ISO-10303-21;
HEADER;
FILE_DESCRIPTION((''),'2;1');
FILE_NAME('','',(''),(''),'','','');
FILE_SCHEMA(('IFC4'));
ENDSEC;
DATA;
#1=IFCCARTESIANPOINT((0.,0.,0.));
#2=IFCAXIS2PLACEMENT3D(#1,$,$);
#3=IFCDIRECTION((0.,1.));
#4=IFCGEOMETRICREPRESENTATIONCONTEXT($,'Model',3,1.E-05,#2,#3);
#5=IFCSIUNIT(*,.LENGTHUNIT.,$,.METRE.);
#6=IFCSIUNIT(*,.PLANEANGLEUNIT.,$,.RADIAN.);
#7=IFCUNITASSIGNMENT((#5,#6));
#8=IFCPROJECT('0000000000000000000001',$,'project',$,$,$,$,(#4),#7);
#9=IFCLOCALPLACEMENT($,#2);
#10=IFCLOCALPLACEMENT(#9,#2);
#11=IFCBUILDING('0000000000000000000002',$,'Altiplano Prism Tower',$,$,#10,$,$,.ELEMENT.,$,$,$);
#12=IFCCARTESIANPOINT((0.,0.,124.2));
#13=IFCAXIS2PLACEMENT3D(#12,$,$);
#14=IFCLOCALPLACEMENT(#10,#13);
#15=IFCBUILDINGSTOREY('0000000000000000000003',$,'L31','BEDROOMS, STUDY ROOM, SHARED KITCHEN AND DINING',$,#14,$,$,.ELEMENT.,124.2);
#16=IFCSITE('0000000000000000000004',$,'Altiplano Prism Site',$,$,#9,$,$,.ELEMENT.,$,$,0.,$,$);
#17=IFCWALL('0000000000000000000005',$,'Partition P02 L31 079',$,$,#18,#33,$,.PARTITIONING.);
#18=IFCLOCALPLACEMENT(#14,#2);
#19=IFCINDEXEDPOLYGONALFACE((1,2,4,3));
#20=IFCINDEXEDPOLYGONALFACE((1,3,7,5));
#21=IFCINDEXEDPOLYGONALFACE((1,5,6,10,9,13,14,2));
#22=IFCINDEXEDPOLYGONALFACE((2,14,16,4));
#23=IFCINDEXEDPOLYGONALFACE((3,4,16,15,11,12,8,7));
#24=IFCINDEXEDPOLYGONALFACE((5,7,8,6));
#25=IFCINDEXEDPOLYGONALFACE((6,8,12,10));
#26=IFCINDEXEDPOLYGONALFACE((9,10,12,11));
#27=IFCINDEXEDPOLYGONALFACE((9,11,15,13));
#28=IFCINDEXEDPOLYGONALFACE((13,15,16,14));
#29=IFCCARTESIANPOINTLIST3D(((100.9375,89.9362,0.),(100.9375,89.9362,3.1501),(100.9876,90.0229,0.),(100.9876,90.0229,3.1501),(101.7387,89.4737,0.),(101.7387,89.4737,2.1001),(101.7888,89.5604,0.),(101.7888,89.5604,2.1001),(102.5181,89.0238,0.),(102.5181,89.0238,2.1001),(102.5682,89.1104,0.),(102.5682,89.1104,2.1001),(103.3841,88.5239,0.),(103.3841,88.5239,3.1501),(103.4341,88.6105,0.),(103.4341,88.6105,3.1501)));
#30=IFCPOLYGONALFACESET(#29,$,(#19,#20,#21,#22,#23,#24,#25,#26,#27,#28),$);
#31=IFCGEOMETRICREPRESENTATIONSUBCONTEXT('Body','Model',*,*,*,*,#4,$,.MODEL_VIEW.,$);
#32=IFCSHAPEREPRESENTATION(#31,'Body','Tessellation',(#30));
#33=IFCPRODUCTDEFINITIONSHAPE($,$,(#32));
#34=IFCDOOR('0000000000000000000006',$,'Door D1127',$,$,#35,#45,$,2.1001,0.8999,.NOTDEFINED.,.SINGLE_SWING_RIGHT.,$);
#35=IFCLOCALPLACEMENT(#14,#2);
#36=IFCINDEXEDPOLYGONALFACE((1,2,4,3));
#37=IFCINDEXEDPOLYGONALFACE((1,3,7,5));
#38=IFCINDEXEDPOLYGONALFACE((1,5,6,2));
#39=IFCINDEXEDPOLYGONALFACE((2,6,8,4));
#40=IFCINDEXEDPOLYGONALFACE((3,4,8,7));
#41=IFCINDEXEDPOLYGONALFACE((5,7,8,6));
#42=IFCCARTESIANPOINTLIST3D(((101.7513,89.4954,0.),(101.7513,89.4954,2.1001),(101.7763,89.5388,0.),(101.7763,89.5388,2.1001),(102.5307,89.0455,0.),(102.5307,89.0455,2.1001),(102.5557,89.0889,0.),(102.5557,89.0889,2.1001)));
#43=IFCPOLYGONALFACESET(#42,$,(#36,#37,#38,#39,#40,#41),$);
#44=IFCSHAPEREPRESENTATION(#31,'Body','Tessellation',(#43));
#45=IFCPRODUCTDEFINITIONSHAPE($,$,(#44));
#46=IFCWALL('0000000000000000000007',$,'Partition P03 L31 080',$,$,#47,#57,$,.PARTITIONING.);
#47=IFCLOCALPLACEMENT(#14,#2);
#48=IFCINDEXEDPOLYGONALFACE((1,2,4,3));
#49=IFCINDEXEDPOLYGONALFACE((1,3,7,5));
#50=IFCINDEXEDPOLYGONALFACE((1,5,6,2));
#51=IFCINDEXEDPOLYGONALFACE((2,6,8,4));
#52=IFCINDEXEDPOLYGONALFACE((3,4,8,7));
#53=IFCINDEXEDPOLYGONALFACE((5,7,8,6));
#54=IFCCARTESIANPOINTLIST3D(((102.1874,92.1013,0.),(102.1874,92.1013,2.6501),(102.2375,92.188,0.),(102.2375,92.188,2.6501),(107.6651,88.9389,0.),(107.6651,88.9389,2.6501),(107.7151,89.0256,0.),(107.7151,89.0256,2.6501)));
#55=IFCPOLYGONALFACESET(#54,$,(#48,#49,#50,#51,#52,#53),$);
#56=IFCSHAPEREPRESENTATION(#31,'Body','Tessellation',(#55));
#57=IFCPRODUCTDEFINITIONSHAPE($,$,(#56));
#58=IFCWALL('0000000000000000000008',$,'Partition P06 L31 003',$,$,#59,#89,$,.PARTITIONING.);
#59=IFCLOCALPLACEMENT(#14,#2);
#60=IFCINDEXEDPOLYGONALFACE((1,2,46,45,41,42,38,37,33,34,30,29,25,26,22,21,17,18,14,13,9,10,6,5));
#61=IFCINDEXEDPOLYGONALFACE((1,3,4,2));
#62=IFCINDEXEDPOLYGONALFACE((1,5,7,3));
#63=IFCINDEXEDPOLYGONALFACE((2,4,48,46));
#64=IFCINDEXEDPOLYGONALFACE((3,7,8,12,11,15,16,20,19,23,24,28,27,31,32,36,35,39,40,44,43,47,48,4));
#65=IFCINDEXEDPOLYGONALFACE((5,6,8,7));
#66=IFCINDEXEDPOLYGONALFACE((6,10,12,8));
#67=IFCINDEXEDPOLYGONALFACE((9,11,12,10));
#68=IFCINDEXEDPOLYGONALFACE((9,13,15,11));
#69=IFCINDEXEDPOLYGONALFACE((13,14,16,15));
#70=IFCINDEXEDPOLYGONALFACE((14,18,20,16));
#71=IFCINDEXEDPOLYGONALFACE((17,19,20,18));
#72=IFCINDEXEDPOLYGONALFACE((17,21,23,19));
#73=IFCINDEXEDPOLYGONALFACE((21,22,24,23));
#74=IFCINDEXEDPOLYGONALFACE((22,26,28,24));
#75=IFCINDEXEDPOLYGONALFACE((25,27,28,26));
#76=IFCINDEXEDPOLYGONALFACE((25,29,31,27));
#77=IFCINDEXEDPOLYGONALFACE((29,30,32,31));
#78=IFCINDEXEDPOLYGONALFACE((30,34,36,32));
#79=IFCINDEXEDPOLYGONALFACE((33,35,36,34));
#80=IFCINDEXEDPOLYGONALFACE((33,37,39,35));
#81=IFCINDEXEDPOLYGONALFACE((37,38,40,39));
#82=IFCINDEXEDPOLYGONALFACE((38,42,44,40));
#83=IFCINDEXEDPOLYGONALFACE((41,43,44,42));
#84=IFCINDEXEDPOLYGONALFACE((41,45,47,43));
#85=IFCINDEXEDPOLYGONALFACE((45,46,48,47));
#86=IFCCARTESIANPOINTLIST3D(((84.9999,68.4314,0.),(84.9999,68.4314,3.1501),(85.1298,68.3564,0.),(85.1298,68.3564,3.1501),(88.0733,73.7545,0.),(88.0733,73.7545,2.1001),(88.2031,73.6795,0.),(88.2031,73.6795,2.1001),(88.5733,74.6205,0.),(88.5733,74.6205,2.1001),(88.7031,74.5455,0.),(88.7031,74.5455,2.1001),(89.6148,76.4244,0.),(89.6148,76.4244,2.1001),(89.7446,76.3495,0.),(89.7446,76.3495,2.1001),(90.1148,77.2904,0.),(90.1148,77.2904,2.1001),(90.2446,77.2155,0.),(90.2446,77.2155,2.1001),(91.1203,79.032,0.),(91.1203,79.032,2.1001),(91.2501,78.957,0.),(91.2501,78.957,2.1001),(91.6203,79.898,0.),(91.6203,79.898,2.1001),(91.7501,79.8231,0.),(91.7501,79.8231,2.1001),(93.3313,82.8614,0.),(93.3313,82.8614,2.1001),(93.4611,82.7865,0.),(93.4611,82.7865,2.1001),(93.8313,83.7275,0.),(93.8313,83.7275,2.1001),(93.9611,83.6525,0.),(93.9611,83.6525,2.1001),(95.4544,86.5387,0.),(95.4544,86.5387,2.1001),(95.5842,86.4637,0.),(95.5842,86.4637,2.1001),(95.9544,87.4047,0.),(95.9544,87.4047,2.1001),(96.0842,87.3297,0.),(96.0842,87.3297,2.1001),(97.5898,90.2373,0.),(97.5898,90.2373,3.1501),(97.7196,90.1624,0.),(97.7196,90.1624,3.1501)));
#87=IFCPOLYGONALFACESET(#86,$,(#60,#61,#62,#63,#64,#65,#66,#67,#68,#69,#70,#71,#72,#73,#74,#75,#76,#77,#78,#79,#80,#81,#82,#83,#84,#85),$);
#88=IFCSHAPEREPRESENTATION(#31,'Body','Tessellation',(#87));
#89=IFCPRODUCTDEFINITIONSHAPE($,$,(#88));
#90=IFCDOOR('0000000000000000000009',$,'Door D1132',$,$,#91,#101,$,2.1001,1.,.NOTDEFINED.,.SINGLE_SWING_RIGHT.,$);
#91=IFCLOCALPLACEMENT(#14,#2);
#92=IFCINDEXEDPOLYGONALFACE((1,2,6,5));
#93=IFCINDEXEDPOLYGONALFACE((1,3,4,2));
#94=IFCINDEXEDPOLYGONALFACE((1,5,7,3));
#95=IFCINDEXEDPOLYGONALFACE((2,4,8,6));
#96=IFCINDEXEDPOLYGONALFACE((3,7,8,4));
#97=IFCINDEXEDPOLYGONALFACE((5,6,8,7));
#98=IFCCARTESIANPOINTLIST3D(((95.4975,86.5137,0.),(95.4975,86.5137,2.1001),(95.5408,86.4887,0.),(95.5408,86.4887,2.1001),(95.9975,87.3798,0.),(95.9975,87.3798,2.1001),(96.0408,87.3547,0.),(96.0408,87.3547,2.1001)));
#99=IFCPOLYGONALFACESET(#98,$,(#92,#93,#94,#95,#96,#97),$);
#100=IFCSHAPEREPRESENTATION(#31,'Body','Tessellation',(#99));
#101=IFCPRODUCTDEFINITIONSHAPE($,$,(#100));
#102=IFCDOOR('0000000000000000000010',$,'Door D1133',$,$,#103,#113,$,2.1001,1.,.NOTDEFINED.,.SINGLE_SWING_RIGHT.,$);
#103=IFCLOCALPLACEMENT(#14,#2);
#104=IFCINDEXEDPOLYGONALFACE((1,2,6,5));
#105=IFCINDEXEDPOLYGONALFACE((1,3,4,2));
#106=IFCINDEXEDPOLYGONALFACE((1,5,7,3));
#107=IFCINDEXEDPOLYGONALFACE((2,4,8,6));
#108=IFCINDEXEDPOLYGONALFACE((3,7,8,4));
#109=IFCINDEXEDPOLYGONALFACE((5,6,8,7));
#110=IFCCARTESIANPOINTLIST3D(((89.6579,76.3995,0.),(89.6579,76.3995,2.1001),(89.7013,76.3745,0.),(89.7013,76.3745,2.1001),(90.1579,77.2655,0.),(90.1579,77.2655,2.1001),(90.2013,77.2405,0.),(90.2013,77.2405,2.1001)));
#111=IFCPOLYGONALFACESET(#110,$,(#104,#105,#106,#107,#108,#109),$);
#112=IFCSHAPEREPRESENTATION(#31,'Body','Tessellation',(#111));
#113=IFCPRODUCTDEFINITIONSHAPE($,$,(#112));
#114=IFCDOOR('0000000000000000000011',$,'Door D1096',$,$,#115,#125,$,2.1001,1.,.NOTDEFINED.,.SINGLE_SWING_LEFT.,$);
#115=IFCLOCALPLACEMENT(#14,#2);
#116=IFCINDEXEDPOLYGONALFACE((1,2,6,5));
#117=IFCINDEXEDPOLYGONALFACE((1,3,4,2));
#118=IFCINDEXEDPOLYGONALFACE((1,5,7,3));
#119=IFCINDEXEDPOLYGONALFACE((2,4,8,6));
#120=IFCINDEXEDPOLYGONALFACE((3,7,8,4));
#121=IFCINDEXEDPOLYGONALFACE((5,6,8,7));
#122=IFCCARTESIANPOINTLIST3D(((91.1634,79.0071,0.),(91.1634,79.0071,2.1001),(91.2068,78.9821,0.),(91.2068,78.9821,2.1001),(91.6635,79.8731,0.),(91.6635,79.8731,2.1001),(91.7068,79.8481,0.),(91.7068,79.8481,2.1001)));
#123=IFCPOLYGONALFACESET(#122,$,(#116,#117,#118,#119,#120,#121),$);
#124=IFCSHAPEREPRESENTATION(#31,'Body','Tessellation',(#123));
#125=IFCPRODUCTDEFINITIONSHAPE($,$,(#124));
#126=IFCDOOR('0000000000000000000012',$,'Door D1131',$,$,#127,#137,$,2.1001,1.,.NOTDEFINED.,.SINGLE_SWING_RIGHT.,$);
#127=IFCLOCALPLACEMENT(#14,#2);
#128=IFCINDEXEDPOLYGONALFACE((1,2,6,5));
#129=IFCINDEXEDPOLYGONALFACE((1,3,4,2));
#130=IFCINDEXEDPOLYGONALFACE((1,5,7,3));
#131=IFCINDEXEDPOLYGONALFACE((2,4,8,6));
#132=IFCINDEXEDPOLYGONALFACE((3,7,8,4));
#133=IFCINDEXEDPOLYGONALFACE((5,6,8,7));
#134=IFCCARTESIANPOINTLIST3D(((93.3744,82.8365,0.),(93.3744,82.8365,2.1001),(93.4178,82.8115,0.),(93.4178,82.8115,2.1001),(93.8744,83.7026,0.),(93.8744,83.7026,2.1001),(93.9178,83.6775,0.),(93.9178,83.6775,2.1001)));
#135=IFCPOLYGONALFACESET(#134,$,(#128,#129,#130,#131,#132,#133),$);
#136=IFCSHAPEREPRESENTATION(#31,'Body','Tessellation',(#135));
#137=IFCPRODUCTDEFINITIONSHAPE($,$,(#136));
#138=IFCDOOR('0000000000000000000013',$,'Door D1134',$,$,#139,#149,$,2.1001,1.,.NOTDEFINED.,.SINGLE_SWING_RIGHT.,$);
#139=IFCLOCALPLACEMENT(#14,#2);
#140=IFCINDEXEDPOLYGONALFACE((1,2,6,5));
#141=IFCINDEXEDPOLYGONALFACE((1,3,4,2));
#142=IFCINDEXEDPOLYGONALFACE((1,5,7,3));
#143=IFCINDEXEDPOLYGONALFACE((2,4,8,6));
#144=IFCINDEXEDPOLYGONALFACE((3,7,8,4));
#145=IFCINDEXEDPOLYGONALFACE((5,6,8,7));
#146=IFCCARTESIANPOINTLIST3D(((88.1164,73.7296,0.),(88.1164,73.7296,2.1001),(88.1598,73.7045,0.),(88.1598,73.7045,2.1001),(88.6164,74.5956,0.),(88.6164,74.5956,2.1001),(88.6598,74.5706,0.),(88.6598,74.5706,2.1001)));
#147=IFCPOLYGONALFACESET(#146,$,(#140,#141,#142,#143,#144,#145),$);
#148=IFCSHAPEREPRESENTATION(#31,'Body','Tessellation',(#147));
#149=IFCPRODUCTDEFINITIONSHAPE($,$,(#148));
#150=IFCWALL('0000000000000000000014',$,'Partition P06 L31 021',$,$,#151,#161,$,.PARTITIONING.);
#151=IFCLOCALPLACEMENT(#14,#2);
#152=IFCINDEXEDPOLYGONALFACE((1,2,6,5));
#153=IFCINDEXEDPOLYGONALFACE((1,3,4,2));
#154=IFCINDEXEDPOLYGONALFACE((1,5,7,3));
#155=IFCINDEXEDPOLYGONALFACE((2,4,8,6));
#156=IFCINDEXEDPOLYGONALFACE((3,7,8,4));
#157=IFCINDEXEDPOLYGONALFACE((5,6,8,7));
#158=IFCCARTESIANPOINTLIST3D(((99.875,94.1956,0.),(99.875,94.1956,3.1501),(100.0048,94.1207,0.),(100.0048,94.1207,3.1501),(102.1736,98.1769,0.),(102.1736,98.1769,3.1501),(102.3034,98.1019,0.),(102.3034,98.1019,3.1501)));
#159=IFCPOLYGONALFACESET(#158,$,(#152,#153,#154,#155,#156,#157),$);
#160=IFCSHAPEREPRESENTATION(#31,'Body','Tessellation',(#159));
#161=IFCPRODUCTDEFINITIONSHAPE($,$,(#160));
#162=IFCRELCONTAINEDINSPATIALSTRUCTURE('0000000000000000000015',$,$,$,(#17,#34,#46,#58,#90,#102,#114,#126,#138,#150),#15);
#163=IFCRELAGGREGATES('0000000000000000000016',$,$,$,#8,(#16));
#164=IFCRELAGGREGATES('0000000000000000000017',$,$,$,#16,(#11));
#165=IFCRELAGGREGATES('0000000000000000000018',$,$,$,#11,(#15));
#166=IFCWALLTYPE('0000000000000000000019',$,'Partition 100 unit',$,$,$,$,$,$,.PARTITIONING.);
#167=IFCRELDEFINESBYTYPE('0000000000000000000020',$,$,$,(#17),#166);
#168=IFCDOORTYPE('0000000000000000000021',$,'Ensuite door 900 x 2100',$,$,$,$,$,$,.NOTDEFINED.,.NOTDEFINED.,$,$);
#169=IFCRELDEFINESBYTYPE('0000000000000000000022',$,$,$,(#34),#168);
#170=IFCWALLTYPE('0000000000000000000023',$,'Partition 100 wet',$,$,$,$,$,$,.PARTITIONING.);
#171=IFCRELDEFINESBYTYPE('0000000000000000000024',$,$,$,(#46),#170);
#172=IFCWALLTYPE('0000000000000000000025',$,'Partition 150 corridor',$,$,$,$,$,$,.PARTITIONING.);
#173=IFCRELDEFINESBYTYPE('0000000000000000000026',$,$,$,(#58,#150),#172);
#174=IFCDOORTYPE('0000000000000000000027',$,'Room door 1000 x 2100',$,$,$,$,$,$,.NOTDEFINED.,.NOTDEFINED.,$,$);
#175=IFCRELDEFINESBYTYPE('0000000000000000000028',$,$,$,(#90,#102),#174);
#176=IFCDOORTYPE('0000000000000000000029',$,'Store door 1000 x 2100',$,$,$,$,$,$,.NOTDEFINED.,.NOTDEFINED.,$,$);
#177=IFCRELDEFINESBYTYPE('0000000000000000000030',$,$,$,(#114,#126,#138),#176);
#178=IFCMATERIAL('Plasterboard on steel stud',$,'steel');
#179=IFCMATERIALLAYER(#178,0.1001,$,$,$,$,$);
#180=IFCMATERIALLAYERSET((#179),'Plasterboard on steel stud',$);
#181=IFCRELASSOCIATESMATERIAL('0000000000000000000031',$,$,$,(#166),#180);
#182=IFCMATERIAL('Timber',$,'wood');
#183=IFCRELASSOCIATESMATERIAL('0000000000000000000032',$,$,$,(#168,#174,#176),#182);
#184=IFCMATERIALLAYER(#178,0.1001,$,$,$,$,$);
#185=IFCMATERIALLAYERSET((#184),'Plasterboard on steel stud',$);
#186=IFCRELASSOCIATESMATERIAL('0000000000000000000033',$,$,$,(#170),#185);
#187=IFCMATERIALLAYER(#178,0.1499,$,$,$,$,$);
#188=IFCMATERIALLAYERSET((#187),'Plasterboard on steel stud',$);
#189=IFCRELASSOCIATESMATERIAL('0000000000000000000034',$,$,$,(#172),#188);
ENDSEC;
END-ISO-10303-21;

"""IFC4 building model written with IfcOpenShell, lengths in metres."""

from ifc_helpers import new_model, si_unit, direction, frame, frame_2d, origin, place, context, subcontext, project, spatial, rectangle, extrude, material, layer, layer_set, type_object, element, fill, save


model = new_model("IFC4")

# Units and contexts
model_context = context("Model", 3, precision=1e-05, world=origin(), true_north=direction((0.0, 1.0)))
body_context = subcontext(model_context, "Body", "Model", "MODEL_VIEW")
ifc_project = project(units=[si_unit("LENGTHUNIT", "METRE"), si_unit("PLANEANGLEUNIT", "RADIAN")], contexts=[model_context])

# Site, building, storey
site_placement = place(None, origin())
site = spatial("IfcSite", under=ifc_project, at=site_placement, Name="Altiplano Prism Site", CompositionType="ELEMENT", RefElevation=0.0)
building_placement = place(site_placement, origin())
building = spatial("IfcBuilding", under=site, at=building_placement, Name="Altiplano Prism Tower", CompositionType="ELEMENT")
storey_placement = place(building_placement, frame((0.0, 0.0, 124.2)))
storey = spatial("IfcBuildingStorey", under=building, at=storey_placement, Name="L31", Description="BEDROOMS, STUDY ROOM, SHARED KITCHEN AND DINING", CompositionType="ELEMENT", Elevation=124.2)

# Shared definitions
ifc_material_1 = material(Name="Plasterboard on steel stud", Category="steel")
ifc_layer_1 = layer(ifc_material_1, 0.1001)
ifc_layer_set_1 = layer_set([ifc_layer_1], Name="Plasterboard on steel stud")
wall_type_1 = type_object("IfcWallType", Name="Partition 100 unit", PredefinedType="PARTITIONING", material=ifc_layer_set_1)

# Wall, opening, door
wall_1_placement = place(storey_placement, frame((103.4092, 88.5671, 0.0), z_axis=(0.0, 0.0, 1.0), x_axis=(-0.866049, 0.499959, 0.0)))
wall_1 = element("IfcWall", 1, at=wall_1_placement, inside=storey, type_object=wall_type_1, Name="Partition P02 L31 079", PredefinedType="PARTITIONING", context=body_context, shape_type="SweptSolid", body=[
    extrude(rectangle(XDim=2.825, YDim=0.1001, at=frame_2d((1.4126, 0.0))), origin(), (0.0, 0.0, 1.0), 3.1501),
])
opening_1_placement = place(wall_1_placement, frame((1.0, 0.0, 0.0)))
opening_1 = element("IfcOpeningElement", 2, at=opening_1_placement, cuts=wall_1, PredefinedType="OPENING", context=body_context, shape_type="SweptSolid", body=[
    extrude(rectangle(XDim=0.8999, YDim=2.1001, at=frame_2d((0.45, 1.05))), frame((0.0, 0.0605, 0.0), z_axis=(0.0, -1.0, 0.0), x_axis=(1.0, 0.0, 0.0)), (0.0, 0.0, 1.0), 0.1211),
])
ifc_material_2 = material(Name="Timber", Category="wood")
door_type_1 = type_object("IfcDoorType", Name="Ensuite door 900 x 2100", OperationType="NOTDEFINED", PredefinedType="NOTDEFINED", material=ifc_material_2)
door_1_placement = place(opening_1_placement, origin())
door_1 = element("IfcDoor", 3, at=door_1_placement, inside=storey, type_object=door_type_1, Name="Door D1127", OperationType="SINGLE_SWING_RIGHT", OverallHeight=2.1001, OverallWidth=0.8999, PredefinedType="NOTDEFINED", context=body_context, shape_type="SweptSolid", body=[
    extrude(rectangle(XDim=0.8999, YDim=2.1001, at=frame_2d((0.45, 1.05))), frame((0.0, 0.0249, 0.0), z_axis=(0.0, -1.0, 0.0), x_axis=(1.0, 0.0, 0.0)), (0.0, 0.0, 1.0), 0.05),
])
fill(opening_1, door_1)

# Wall
ifc_layer_2 = layer(ifc_material_1, 0.1001)
ifc_layer_set_2 = layer_set([ifc_layer_2], Name="Plasterboard on steel stud")
wall_type_2 = type_object("IfcWallType", Name="Partition 100 wet", PredefinedType="PARTITIONING", material=ifc_layer_set_2)
wall_2_placement = place(storey_placement, frame((107.6902, 88.9822, 0.0), z_axis=(0.0, 0.0, 1.0), x_axis=(-0.866033, 0.499988, 0.0)))
element("IfcWall", 4, at=wall_2_placement, inside=storey, type_object=wall_type_2, Name="Partition P03 L31 080", PredefinedType="PARTITIONING", context=body_context, shape_type="SweptSolid", body=[
    extrude(rectangle(XDim=6.325, YDim=0.1001, at=frame_2d((3.1626, 0.0))), origin(), (0.0, 0.0, 1.0), 2.6501),
])

# Wall, openings, doors
ifc_layer_3 = layer(ifc_material_1, 0.1499)
ifc_layer_set_3 = layer_set([ifc_layer_3], Name="Plasterboard on steel stud")
wall_type_3 = type_object("IfcWallType", Name="Partition 150 corridor", PredefinedType="PARTITIONING", material=ifc_layer_set_3)
wall_3_placement = place(storey_placement, frame((97.6548, 90.2, 0.0), z_axis=(0.0, 0.0, 1.0), x_axis=(-0.500006, -0.866022, 0.0)))
wall_3 = element("IfcWall", 5, at=wall_3_placement, inside=storey, type_object=wall_type_3, Name="Partition P06 L31 003", PredefinedType="PARTITIONING", context=body_context, shape_type="SweptSolid", body=[
    extrude(rectangle(XDim=25.1794, YDim=0.1499, at=frame_2d((12.5898, 0.0))), origin(), (0.0, 0.0, 1.0), 3.1501),
])
opening_2_placement = place(wall_3_placement, frame((11.939, 0.0, 0.0)))
opening_2 = element("IfcOpeningElement", 6, at=opening_2_placement, cuts=wall_3, PredefinedType="OPENING", context=body_context, shape_type="SweptSolid", body=[
    extrude(rectangle(XDim=1.0, YDim=2.1001, at=frame_2d((0.5, 1.05))), frame((0.0, 0.0854, 0.0), z_axis=(0.0, -1.0, 0.0), x_axis=(1.0, 0.0, 0.0)), (0.0, 0.0, 1.0), 0.1709),
])
opening_3_placement = place(wall_3_placement, frame((7.5171, 0.0, 0.0)))
opening_3 = element("IfcOpeningElement", 7, at=opening_3_placement, cuts=wall_3, PredefinedType="OPENING", context=body_context, shape_type="SweptSolid", body=[
    extrude(rectangle(XDim=1.0, YDim=2.1001, at=frame_2d((0.5, 1.05))), frame((0.0, 0.0854, 0.0), z_axis=(0.0, -1.0, 0.0), x_axis=(1.0, 0.0, 0.0)), (0.0, 0.0, 1.0), 0.1709),
])
opening_4_placement = place(wall_3_placement, frame((3.271, 0.0, 0.0)))
opening_4 = element("IfcOpeningElement", 8, at=opening_4_placement, cuts=wall_3, PredefinedType="OPENING", context=body_context, shape_type="SweptSolid", body=[
    extrude(rectangle(XDim=1.0, YDim=2.1001, at=frame_2d((0.5, 1.05))), frame((0.0, 0.0854, 0.0), z_axis=(0.0, -1.0, 0.0), x_axis=(1.0, 0.0, 0.0)), (0.0, 0.0, 1.0), 0.1709),
])
opening_5_placement = place(wall_3_placement, frame((14.95, 0.0, 0.0)))
opening_5 = element("IfcOpeningElement", 9, at=opening_5_placement, cuts=wall_3, PredefinedType="OPENING", context=body_context, shape_type="SweptSolid", body=[
    extrude(rectangle(XDim=1.0, YDim=2.1001, at=frame_2d((0.5, 1.05))), frame((0.0, 0.0854, 0.0), z_axis=(0.0, -1.0, 0.0), x_axis=(1.0, 0.0, 0.0)), (0.0, 0.0, 1.0), 0.1709),
])
opening_6_placement = place(wall_3_placement, frame((18.033, 0.0, 0.0)))
opening_6 = element("IfcOpeningElement", 10, at=opening_6_placement, cuts=wall_3, PredefinedType="OPENING", context=body_context, shape_type="SweptSolid", body=[
    extrude(rectangle(XDim=1.0, YDim=2.1001, at=frame_2d((0.5, 1.05))), frame((0.0, 0.0854, 0.0), z_axis=(0.0, -1.0, 0.0), x_axis=(1.0, 0.0, 0.0)), (0.0, 0.0, 1.0), 0.1709),
])
door_type_2 = type_object("IfcDoorType", Name="Room door 1000 x 2100", OperationType="NOTDEFINED", PredefinedType="NOTDEFINED", material=ifc_material_2)
door_2_placement = place(opening_4_placement, origin())
door_2 = element("IfcDoor", 11, at=door_2_placement, inside=storey, type_object=door_type_2, Name="Door D1132", OperationType="SINGLE_SWING_RIGHT", OverallHeight=2.1001, OverallWidth=1.0, PredefinedType="NOTDEFINED", context=body_context, shape_type="SweptSolid", body=[
    extrude(rectangle(XDim=1.0, YDim=2.1001, at=frame_2d((0.5, 1.05))), frame((0.0, 0.0249, 0.0), z_axis=(0.0, -1.0, 0.0), x_axis=(1.0, 0.0, 0.0)), (0.0, 0.0, 1.0), 0.05),
])
fill(opening_4, door_2)
door_3_placement = place(opening_5_placement, origin())
door_3 = element("IfcDoor", 12, at=door_3_placement, inside=storey, type_object=door_type_2, Name="Door D1133", OperationType="SINGLE_SWING_RIGHT", OverallHeight=2.1001, OverallWidth=1.0, PredefinedType="NOTDEFINED", context=body_context, shape_type="SweptSolid", body=[
    extrude(rectangle(XDim=1.0, YDim=2.1001, at=frame_2d((0.5, 1.05))), frame((0.0, 0.0249, 0.0), z_axis=(0.0, -1.0, 0.0), x_axis=(1.0, 0.0, 0.0)), (0.0, 0.0, 1.0), 0.05),
])
fill(opening_5, door_3)
door_type_3 = type_object("IfcDoorType", Name="Store door 1000 x 2100", OperationType="NOTDEFINED", PredefinedType="NOTDEFINED", material=ifc_material_2)
door_4_placement = place(opening_2_placement, origin())
door_4 = element("IfcDoor", 13, at=door_4_placement, inside=storey, type_object=door_type_3, Name="Door D1096", OperationType="SINGLE_SWING_LEFT", OverallHeight=2.1001, OverallWidth=1.0, PredefinedType="NOTDEFINED", context=body_context, shape_type="SweptSolid", body=[
    extrude(rectangle(XDim=1.0, YDim=2.1001, at=frame_2d((0.5, 1.05))), frame((0.0, 0.0249, 0.0), z_axis=(0.0, -1.0, 0.0), x_axis=(1.0, 0.0, 0.0)), (0.0, 0.0, 1.0), 0.05),
])
fill(opening_2, door_4)
door_5_placement = place(opening_3_placement, origin())
door_5 = element("IfcDoor", 14, at=door_5_placement, inside=storey, type_object=door_type_3, Name="Door D1131", OperationType="SINGLE_SWING_RIGHT", OverallHeight=2.1001, OverallWidth=1.0, PredefinedType="NOTDEFINED", context=body_context, shape_type="SweptSolid", body=[
    extrude(rectangle(XDim=1.0, YDim=2.1001, at=frame_2d((0.5, 1.05))), frame((0.0, 0.0249, 0.0), z_axis=(0.0, -1.0, 0.0), x_axis=(1.0, 0.0, 0.0)), (0.0, 0.0, 1.0), 0.05),
])
fill(opening_3, door_5)
door_6_placement = place(opening_6_placement, origin())
door_6 = element("IfcDoor", 15, at=door_6_placement, inside=storey, type_object=door_type_3, Name="Door D1134", OperationType="SINGLE_SWING_RIGHT", OverallHeight=2.1001, OverallWidth=1.0, PredefinedType="NOTDEFINED", context=body_context, shape_type="SweptSolid", body=[
    extrude(rectangle(XDim=1.0, YDim=2.1001, at=frame_2d((0.5, 1.05))), frame((0.0, 0.0249, 0.0), z_axis=(0.0, -1.0, 0.0), x_axis=(1.0, 0.0, 0.0)), (0.0, 0.0, 1.0), 0.05),
])
fill(opening_6, door_6)

# Wall
wall_4_placement = place(storey_placement, frame((102.2385, 98.1394, 0.0), z_axis=(0.0, 0.0, 1.0), x_axis=(-0.500006, -0.866022, 0.0)))
element("IfcWall", 16, at=wall_4_placement, inside=storey, type_object=wall_type_3, Name="Partition P06 L31 021", PredefinedType="PARTITIONING", context=body_context, shape_type="SweptSolid", body=[
    extrude(rectangle(XDim=4.5972, YDim=0.1499, at=frame_2d((2.2986, 0.0))), origin(), (0.0, 0.0, 1.0), 3.1501),
])

save(model, "model.ifc")
